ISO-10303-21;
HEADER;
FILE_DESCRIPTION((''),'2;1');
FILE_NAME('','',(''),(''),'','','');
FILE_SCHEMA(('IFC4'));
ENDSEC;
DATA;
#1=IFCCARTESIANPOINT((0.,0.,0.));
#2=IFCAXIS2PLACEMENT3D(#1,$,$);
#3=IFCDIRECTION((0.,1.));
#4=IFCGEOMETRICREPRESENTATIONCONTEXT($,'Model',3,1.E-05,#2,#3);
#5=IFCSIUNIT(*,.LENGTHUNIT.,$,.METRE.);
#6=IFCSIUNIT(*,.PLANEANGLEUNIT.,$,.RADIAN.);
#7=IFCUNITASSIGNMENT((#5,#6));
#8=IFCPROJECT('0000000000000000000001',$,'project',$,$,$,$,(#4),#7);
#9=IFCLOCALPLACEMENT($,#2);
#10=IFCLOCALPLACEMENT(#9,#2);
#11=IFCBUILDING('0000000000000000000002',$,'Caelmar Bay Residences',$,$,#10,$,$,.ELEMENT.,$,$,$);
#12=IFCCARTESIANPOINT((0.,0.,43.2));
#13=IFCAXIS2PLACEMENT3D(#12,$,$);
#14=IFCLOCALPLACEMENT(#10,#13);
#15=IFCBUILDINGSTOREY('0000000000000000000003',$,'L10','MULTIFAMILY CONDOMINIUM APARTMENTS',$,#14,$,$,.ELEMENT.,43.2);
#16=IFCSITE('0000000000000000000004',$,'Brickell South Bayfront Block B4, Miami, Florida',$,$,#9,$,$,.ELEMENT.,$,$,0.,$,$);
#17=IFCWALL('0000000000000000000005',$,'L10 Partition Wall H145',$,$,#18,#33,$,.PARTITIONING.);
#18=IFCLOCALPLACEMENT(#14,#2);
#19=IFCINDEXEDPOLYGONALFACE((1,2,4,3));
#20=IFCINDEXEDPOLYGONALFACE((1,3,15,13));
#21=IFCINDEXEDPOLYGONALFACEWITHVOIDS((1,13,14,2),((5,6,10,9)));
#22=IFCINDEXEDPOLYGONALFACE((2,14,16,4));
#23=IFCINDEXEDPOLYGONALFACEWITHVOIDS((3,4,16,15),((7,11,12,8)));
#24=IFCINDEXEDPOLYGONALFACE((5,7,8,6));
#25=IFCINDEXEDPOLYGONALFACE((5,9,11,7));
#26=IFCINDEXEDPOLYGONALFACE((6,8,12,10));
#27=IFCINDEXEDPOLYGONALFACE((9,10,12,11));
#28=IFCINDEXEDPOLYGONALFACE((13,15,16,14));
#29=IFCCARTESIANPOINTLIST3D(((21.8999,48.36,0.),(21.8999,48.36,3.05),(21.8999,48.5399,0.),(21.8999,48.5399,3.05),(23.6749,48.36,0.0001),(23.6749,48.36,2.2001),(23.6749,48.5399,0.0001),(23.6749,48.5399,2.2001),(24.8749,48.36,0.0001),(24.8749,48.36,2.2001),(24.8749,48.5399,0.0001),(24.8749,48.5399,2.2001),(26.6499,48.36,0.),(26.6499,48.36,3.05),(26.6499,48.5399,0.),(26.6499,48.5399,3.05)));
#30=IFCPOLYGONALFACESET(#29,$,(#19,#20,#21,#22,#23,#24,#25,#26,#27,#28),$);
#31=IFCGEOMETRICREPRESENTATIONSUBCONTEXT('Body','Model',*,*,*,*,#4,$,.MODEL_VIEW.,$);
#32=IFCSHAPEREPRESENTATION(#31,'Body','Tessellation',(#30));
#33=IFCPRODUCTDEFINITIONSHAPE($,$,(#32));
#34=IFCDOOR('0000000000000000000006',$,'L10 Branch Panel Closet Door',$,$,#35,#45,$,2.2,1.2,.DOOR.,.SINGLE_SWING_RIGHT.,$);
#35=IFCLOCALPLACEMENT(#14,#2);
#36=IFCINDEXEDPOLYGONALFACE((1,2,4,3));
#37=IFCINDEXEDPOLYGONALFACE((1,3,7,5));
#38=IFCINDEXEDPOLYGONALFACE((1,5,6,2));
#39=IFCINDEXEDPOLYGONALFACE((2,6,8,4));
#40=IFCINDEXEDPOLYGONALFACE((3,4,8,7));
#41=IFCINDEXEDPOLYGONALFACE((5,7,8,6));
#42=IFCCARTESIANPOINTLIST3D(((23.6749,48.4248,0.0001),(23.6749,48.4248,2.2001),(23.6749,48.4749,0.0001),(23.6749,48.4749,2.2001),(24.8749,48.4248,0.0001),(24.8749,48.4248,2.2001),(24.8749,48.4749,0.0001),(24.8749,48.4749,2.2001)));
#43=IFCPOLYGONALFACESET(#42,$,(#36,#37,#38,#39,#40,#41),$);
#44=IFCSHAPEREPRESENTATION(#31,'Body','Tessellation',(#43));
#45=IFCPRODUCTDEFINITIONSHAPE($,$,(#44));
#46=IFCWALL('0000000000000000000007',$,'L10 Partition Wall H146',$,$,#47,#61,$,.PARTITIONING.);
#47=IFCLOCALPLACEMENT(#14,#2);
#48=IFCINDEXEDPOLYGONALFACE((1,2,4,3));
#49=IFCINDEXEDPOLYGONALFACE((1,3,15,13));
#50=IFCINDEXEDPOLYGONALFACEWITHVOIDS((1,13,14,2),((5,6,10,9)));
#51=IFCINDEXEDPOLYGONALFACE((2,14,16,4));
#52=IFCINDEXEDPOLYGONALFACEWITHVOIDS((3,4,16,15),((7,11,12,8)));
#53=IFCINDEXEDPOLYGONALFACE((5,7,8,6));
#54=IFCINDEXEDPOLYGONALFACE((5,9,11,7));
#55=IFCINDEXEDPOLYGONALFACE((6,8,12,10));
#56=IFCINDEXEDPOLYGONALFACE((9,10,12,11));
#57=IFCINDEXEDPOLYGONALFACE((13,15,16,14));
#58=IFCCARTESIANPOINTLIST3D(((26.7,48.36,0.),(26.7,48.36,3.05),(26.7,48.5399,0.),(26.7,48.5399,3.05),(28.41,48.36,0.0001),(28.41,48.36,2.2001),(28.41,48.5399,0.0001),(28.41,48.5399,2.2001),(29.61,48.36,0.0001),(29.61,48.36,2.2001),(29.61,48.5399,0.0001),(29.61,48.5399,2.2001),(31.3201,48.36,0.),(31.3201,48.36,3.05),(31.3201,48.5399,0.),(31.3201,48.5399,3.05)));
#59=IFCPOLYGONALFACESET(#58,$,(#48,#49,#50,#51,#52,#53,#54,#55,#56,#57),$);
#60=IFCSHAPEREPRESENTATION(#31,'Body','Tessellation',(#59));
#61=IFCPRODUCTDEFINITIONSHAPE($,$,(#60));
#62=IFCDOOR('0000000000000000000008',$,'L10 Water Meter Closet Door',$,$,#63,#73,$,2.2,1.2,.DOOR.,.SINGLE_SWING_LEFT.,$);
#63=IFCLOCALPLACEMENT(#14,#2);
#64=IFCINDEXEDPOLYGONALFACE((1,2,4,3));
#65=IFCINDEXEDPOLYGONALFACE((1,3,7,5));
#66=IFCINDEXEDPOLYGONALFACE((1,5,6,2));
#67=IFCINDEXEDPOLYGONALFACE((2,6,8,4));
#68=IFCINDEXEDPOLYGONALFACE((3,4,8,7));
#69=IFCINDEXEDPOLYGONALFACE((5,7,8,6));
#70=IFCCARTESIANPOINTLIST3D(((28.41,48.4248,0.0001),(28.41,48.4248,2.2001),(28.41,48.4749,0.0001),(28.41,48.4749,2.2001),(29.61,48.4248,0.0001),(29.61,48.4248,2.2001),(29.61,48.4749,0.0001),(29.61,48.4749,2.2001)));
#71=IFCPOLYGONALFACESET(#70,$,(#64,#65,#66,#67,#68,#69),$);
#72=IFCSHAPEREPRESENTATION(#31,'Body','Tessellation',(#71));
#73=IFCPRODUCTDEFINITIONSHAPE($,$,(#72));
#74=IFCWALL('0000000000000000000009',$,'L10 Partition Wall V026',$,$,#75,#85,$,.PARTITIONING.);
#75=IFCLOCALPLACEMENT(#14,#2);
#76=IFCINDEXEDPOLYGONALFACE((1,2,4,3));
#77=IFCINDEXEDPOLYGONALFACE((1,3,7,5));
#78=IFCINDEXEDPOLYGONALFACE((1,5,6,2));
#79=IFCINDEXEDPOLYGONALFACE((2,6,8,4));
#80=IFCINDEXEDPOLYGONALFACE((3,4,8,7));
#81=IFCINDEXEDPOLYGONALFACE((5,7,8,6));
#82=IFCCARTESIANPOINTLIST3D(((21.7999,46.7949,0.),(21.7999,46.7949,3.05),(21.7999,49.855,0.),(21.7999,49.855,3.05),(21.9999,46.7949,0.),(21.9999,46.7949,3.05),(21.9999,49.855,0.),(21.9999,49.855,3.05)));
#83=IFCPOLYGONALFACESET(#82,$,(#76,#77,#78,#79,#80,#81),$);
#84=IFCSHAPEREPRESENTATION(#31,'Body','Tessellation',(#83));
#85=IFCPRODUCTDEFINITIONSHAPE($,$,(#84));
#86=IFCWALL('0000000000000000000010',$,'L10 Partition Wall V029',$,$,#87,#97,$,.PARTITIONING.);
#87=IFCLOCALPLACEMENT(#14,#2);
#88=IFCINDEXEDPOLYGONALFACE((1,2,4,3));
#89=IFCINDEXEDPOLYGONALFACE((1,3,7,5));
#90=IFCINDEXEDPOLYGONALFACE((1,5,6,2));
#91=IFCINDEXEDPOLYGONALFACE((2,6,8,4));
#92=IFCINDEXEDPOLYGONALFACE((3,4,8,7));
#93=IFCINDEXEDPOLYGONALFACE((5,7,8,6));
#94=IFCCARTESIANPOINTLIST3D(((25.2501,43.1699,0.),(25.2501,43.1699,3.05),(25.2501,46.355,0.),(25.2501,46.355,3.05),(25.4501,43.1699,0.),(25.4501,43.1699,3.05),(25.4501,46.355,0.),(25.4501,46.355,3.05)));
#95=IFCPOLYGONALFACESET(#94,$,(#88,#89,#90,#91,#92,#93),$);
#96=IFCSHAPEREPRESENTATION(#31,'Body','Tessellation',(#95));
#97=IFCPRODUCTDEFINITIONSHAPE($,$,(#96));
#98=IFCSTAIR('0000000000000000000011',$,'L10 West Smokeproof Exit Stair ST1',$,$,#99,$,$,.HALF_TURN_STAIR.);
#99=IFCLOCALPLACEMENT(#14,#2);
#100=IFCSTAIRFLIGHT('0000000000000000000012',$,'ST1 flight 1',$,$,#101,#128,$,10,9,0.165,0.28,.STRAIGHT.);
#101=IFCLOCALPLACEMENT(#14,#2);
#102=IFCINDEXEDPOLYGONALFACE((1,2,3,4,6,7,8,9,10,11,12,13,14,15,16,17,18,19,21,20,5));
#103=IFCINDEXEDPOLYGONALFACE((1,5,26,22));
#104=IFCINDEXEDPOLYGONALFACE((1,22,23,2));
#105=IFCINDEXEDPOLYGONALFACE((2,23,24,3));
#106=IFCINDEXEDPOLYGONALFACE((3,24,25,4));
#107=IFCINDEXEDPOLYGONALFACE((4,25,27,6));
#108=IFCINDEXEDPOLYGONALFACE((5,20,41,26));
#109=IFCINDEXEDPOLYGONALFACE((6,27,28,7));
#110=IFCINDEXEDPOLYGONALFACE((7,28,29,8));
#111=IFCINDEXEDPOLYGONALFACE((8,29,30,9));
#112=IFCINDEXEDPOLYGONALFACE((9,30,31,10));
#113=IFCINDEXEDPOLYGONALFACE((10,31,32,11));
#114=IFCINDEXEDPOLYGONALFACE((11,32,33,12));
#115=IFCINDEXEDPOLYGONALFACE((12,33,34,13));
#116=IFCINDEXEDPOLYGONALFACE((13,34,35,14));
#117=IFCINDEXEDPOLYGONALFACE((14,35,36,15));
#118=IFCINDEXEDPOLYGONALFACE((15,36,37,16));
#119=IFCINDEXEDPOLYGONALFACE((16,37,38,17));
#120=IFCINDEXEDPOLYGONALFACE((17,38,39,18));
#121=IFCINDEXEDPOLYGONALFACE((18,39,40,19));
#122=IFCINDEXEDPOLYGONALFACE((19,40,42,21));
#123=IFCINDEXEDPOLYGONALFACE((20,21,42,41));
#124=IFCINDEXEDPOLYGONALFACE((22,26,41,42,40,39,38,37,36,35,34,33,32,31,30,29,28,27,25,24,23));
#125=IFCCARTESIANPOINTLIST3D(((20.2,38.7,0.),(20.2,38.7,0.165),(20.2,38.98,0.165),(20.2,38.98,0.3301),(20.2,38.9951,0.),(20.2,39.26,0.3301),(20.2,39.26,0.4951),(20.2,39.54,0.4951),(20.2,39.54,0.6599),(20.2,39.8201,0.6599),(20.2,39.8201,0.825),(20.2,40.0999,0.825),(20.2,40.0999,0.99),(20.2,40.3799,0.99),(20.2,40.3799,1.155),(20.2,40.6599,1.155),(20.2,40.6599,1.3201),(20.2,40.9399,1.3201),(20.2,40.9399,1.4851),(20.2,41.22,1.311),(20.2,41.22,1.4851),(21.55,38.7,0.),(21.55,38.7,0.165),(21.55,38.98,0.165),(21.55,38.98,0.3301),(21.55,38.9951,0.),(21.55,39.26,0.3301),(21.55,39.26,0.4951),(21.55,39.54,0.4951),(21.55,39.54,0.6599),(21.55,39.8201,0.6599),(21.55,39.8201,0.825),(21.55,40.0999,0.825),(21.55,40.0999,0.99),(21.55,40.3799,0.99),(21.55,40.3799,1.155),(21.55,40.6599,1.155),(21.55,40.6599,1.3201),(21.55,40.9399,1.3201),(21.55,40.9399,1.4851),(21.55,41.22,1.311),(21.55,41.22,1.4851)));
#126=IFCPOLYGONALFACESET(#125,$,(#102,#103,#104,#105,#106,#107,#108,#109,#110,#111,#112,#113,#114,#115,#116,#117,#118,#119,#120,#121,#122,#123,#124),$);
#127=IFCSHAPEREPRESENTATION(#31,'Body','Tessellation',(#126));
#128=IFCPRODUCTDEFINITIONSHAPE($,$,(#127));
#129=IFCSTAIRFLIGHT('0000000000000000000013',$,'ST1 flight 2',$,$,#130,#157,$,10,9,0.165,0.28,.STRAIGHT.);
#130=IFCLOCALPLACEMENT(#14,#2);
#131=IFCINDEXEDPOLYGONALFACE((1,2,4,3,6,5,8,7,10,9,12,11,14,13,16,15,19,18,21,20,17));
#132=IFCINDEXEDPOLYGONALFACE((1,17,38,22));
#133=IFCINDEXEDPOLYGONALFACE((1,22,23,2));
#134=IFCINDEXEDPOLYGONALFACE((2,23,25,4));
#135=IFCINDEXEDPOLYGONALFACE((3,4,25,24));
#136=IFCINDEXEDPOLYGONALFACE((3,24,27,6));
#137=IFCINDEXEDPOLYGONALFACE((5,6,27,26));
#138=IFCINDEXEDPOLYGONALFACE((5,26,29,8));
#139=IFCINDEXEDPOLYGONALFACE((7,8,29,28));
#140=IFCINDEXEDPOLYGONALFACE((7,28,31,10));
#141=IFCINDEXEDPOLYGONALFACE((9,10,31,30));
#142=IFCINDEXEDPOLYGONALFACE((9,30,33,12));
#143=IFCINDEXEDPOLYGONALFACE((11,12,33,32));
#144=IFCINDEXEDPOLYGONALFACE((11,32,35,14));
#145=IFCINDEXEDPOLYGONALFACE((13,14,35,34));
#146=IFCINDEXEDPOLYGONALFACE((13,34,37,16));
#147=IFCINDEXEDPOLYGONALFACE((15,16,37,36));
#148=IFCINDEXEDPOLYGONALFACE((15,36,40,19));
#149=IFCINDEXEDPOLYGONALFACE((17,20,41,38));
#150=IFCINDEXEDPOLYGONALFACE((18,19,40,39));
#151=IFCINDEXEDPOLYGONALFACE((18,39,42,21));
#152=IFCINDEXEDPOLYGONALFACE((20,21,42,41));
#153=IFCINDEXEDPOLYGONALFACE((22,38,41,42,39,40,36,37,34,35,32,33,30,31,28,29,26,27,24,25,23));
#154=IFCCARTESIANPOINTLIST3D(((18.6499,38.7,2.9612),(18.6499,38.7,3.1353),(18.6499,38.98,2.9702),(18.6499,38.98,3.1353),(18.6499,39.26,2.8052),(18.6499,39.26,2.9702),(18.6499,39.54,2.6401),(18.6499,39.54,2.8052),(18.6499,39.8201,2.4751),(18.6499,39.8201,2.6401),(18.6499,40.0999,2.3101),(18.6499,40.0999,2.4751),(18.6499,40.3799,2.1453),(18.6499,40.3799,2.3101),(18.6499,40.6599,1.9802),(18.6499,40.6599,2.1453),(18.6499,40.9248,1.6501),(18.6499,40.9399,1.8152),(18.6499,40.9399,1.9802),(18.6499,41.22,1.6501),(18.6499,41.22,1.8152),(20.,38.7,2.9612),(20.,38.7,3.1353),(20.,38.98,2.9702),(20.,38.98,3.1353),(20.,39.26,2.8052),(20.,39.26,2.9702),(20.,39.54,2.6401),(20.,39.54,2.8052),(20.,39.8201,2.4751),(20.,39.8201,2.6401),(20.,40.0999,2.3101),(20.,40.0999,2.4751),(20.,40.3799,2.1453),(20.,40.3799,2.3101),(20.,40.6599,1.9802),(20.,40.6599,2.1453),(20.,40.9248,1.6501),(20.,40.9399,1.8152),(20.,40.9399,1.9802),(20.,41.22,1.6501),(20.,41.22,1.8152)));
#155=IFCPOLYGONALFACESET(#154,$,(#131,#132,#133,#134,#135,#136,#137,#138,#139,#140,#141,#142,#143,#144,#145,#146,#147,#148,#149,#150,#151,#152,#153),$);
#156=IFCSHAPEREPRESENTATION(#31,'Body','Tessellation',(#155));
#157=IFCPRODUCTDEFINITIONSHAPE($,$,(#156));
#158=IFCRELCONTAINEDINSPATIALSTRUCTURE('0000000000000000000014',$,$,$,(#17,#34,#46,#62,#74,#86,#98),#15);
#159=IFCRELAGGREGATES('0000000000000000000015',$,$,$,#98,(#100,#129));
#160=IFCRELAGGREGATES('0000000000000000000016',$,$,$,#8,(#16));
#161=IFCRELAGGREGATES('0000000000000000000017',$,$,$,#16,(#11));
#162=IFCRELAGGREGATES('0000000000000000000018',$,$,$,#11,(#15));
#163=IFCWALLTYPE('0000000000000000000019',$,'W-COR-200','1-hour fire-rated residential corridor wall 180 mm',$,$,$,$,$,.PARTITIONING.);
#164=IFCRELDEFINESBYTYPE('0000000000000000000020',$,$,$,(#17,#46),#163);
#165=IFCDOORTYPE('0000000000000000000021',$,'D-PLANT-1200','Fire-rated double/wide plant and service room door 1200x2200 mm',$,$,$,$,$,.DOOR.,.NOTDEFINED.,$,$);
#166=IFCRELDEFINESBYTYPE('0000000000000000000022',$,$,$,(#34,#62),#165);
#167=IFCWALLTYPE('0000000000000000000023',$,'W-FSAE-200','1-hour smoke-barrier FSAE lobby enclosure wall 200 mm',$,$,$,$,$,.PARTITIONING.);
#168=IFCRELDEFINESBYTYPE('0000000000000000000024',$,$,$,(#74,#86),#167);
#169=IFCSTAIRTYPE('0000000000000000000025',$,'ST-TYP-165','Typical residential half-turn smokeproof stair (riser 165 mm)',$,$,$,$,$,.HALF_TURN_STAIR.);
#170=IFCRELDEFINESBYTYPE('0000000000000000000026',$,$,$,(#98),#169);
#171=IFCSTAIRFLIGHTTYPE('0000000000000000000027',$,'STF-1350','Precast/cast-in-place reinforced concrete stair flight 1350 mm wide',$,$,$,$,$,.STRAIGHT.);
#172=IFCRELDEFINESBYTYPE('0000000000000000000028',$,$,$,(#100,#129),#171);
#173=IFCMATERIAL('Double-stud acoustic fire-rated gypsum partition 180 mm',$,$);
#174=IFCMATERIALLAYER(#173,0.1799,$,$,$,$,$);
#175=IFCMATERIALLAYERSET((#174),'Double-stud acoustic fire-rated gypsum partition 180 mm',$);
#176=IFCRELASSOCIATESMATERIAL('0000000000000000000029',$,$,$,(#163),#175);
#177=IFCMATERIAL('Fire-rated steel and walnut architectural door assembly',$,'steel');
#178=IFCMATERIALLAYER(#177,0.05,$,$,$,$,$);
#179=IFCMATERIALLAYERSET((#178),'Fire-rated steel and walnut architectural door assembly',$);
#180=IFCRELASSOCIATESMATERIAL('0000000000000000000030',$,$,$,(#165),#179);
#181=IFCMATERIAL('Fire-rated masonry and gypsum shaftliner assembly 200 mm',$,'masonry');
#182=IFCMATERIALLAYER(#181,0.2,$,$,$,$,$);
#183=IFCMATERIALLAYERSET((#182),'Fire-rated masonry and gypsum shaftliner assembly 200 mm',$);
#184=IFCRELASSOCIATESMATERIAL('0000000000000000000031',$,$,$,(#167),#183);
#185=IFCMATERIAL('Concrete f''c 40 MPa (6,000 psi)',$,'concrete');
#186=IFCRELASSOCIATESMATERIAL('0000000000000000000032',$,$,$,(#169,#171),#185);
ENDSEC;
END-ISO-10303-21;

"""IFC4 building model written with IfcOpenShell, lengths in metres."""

from ifc_helpers import new_model, si_unit, direction, frame, frame_2d, origin, place, context, subcontext, project, spatial, polyline, rectangle, outline, extrude, material, layer, layer_set, type_object, element, fill, aggregate, save


model = new_model("IFC4")

# Units and contexts
model_context = context("Model", 3, precision=1e-05, world=origin(), true_north=direction((0.0, 1.0)))
body_context = subcontext(model_context, "Body", "Model", "MODEL_VIEW")
ifc_project = project(units=[si_unit("LENGTHUNIT", "METRE"), si_unit("PLANEANGLEUNIT", "RADIAN")], contexts=[model_context])

# Site, building, storey
site_placement = place(None, origin())
site = spatial("IfcSite", under=ifc_project, at=site_placement, Name="Brickell South Bayfront Block B4, Miami, Florida", CompositionType="ELEMENT", RefElevation=0.0)
building_placement = place(site_placement, origin())
building = spatial("IfcBuilding", under=site, at=building_placement, Name="Caelmar Bay Residences", CompositionType="ELEMENT")
storey_placement = place(building_placement, frame((0.0, 0.0, 43.2)))
storey = spatial("IfcBuildingStorey", under=building, at=storey_placement, Name="L10", Description="MULTIFAMILY CONDOMINIUM APARTMENTS", CompositionType="ELEMENT", Elevation=43.2)

# Shared definitions
ifc_material_1 = material(Name="Fire-rated steel and walnut architectural door assembly", Category="steel")

# Shared definitions
ifc_material_2 = material(Name="Double-stud acoustic fire-rated gypsum partition 180 mm")
ifc_layer_1 = layer(ifc_material_2, 0.1799)
ifc_layer_set_1 = layer_set([ifc_layer_1], Name="Double-stud acoustic fire-rated gypsum partition 180 mm")
wall_type_1 = type_object("IfcWallType", Name="W-COR-200", Description="1-hour fire-rated residential corridor wall 180 mm", PredefinedType="PARTITIONING", material=ifc_layer_set_1)

# Walls, openings, doors
wall_1_placement = place(storey_placement, frame((21.8999, 48.45, 0.0), z_axis=(0.0, 0.0, 1.0), x_axis=(1.0, 0.0, 0.0)))
wall_1 = element("IfcWall", 1, at=wall_1_placement, inside=storey, type_object=wall_type_1, Name="L10 Partition Wall H145", PredefinedType="PARTITIONING", context=body_context, shape_type="SweptSolid", body=[
    extrude(rectangle(XDim=4.75, YDim=0.1799, at=frame_2d((2.375, 0.0))), origin(), (0.0, 0.0, 1.0), 3.05),
])
opening_1_placement = place(wall_1_placement, frame((1.7749, 0.0, 0.0)))
opening_1 = element("IfcOpeningElement", 2, at=opening_1_placement, cuts=wall_1, PredefinedType="OPENING", context=body_context, shape_type="SweptSolid", body=[
    extrude(rectangle(XDim=1.2, YDim=2.2, at=frame_2d((0.6001, 1.1001))), frame((0.0, 0.0999, 0.0), z_axis=(0.0, -1.0, 0.0), x_axis=(1.0, 0.0, 0.0)), (0.0, 0.0, 1.0), 0.2),
])
ifc_layer_2 = layer(ifc_material_1, 0.05)
ifc_layer_set_2 = layer_set([ifc_layer_2], Name="Fire-rated steel and walnut architectural door assembly")
door_type_1 = type_object("IfcDoorType", Name="D-PLANT-1200", Description="Fire-rated double/wide plant and service room door 1200x2200 mm", OperationType="NOTDEFINED", PredefinedType="DOOR", material=ifc_layer_set_2)
door_1_placement = place(opening_1_placement, origin())
door_1 = element("IfcDoor", 3, at=door_1_placement, inside=storey, type_object=door_type_1, Name="L10 Branch Panel Closet Door", OperationType="SINGLE_SWING_RIGHT", OverallHeight=2.2, OverallWidth=1.2, PredefinedType="DOOR", context=body_context, shape_type="SweptSolid", body=[
    extrude(rectangle(XDim=1.2, YDim=2.2, at=frame_2d((0.6001, 1.1001))), frame((0.0, 0.0249, 0.0), z_axis=(0.0, -1.0, 0.0), x_axis=(1.0, 0.0, 0.0)), (0.0, 0.0, 1.0), 0.05),
])
fill(opening_1, door_1)
wall_2_placement = place(storey_placement, frame((26.7, 48.45, 0.0), z_axis=(0.0, 0.0, 1.0), x_axis=(1.0, 0.0, 0.0)))
wall_2 = element("IfcWall", 4, at=wall_2_placement, inside=storey, type_object=wall_type_1, Name="L10 Partition Wall H146", PredefinedType="PARTITIONING", context=body_context, shape_type="SweptSolid", body=[
    extrude(rectangle(XDim=4.6201, YDim=0.1799, at=frame_2d((2.3101, 0.0))), origin(), (0.0, 0.0, 1.0), 3.05),
])
opening_2_placement = place(wall_2_placement, frame((1.71, 0.0, 0.0)))
opening_2 = element("IfcOpeningElement", 5, at=opening_2_placement, cuts=wall_2, PredefinedType="OPENING", context=body_context, shape_type="SweptSolid", body=[
    extrude(rectangle(XDim=1.2, YDim=2.2, at=frame_2d((0.6001, 1.1001))), frame((0.0, 0.0999, 0.0), z_axis=(0.0, -1.0, 0.0), x_axis=(1.0, 0.0, 0.0)), (0.0, 0.0, 1.0), 0.2),
])
door_2_placement = place(opening_2_placement, origin())
door_2 = element("IfcDoor", 6, at=door_2_placement, inside=storey, type_object=door_type_1, Name="L10 Water Meter Closet Door", OperationType="SINGLE_SWING_LEFT", OverallHeight=2.2, OverallWidth=1.2, PredefinedType="DOOR", context=body_context, shape_type="SweptSolid", body=[
    extrude(rectangle(XDim=1.2, YDim=2.2, at=frame_2d((0.6001, 1.1001))), frame((0.0, 0.0249, 0.0), z_axis=(0.0, -1.0, 0.0), x_axis=(1.0, 0.0, 0.0)), (0.0, 0.0, 1.0), 0.05),
])
fill(opening_2, door_2)

# Walls
ifc_material_3 = material(Name="Fire-rated masonry and gypsum shaftliner assembly 200 mm", Category="masonry")
ifc_layer_3 = layer(ifc_material_3, 0.2)
ifc_layer_set_3 = layer_set([ifc_layer_3], Name="Fire-rated masonry and gypsum shaftliner assembly 200 mm")
wall_type_2 = type_object("IfcWallType", Name="W-FSAE-200", Description="1-hour smoke-barrier FSAE lobby enclosure wall 200 mm", PredefinedType="PARTITIONING", material=ifc_layer_set_3)
wall_3_placement = place(storey_placement, frame((21.8999, 46.7949, 0.0), z_axis=(0.0, 0.0, 1.0), x_axis=(0.0, 1.0, 0.0)))
element("IfcWall", 7, at=wall_3_placement, inside=storey, type_object=wall_type_2, Name="L10 Partition Wall V026", PredefinedType="PARTITIONING", context=body_context, shape_type="SweptSolid", body=[
    extrude(rectangle(XDim=3.0601, YDim=0.2, at=frame_2d((1.53, 0.0))), origin(), (0.0, 0.0, 1.0), 3.05),
])
wall_4_placement = place(storey_placement, frame((25.3501, 43.1699, 0.0), z_axis=(0.0, 0.0, 1.0), x_axis=(0.0, 1.0, 0.0)))
element("IfcWall", 8, at=wall_4_placement, inside=storey, type_object=wall_type_2, Name="L10 Partition Wall V029", PredefinedType="PARTITIONING", context=body_context, shape_type="SweptSolid", body=[
    extrude(rectangle(XDim=3.1851, YDim=0.2, at=frame_2d((1.5925, 0.0))), origin(), (0.0, 0.0, 1.0), 3.05),
])

# Stair, stair flights
ifc_material_4 = material(Name="Concrete f'c 40 MPa (6,000 psi)", Category="concrete")
stair_type = type_object("IfcStairType", Name="ST-TYP-165", Description="Typical residential half-turn smokeproof stair (riser 165 mm)", PredefinedType="HALF_TURN_STAIR", material=ifc_material_4)
stair_placement = place(storey_placement, origin())
stair = element("IfcStair", 9, at=stair_placement, inside=storey, type_object=stair_type, Name="L10 West Smokeproof Exit Stair ST1", PredefinedType="HALF_TURN_STAIR")
stair_flight_type = type_object("IfcStairFlightType", Name="STF-1350", Description="Precast/cast-in-place reinforced concrete stair flight 1350 mm wide", PredefinedType="STRAIGHT", material=ifc_material_4)
stair_flight_1_placement = place(storey_placement, frame((20.875, 38.7, 0.0), z_axis=(0.0, 0.0, 1.0), x_axis=(0.0, 1.0, 0.0)))
stair_flight_1 = element("IfcStairFlight", 10, at=stair_flight_1_placement, type_object=stair_flight_type, Name="ST1 flight 1", NumberOfRisers=10, NumberOfTreads=9, PredefinedType="STRAIGHT", RiserHeight=0.165, TreadLength=0.28, context=body_context, shape_type="SweptSolid", body=[
    extrude(outline(polyline([(0.0, 0.0), (0.0, 0.165), (0.28, 0.165), (0.28, 0.3301), (0.5601, 0.3301), (0.5601, 0.4951), (0.8401, 0.4951), (0.8401, 0.6599), (1.1201, 0.6599), (1.1201, 0.825), (1.3999, 0.825), (1.3999, 0.99), (1.6799, 0.99), (1.6799, 1.155), (1.96, 1.155), (1.96, 1.3201), (2.24, 1.3201), (2.24, 1.4851), (2.52, 1.4851), (2.52, 1.6499), (2.52, 1.311), (0.2952, 0.0), (0.0, 0.0)])), frame((0.0, 0.675, 0.0), z_axis=(0.0, -1.0, 0.0), x_axis=(1.0, 0.0, 0.0)), (0.0, 0.0, 1.0), 1.3501),
])
stair_flight_2_placement = place(storey_placement, frame((19.325, 41.22, 1.6501), z_axis=(0.0, 0.0, 1.0), x_axis=(0.0, -1.0, 0.0)))
stair_flight_2 = element("IfcStairFlight", 11, at=stair_flight_2_placement, type_object=stair_flight_type, Name="ST1 flight 2", NumberOfRisers=10, NumberOfTreads=9, PredefinedType="STRAIGHT", RiserHeight=0.165, TreadLength=0.28, context=body_context, shape_type="SweptSolid", body=[
    extrude(outline(polyline([(0.0, 0.0), (0.0, 0.165), (0.28, 0.165), (0.28, 0.3301), (0.5601, 0.3301), (0.5601, 0.4951), (0.8401, 0.4951), (0.8401, 0.6599), (1.1201, 0.6599), (1.1201, 0.825), (1.3999, 0.825), (1.3999, 0.99), (1.6799, 0.99), (1.6799, 1.155), (1.96, 1.155), (1.96, 1.3201), (2.24, 1.3201), (2.24, 1.4851), (2.52, 1.4851), (2.52, 1.6499), (2.52, 1.311), (0.2952, 0.0), (0.0, 0.0)])), frame((0.0, 0.675, 0.0), z_axis=(0.0, -1.0, 0.0), x_axis=(1.0, 0.0, 0.0)), (0.0, 0.0, 1.0), 1.3501),
])
aggregate(stair, [stair_flight_1, stair_flight_2])

save(model, "model.ifc")
